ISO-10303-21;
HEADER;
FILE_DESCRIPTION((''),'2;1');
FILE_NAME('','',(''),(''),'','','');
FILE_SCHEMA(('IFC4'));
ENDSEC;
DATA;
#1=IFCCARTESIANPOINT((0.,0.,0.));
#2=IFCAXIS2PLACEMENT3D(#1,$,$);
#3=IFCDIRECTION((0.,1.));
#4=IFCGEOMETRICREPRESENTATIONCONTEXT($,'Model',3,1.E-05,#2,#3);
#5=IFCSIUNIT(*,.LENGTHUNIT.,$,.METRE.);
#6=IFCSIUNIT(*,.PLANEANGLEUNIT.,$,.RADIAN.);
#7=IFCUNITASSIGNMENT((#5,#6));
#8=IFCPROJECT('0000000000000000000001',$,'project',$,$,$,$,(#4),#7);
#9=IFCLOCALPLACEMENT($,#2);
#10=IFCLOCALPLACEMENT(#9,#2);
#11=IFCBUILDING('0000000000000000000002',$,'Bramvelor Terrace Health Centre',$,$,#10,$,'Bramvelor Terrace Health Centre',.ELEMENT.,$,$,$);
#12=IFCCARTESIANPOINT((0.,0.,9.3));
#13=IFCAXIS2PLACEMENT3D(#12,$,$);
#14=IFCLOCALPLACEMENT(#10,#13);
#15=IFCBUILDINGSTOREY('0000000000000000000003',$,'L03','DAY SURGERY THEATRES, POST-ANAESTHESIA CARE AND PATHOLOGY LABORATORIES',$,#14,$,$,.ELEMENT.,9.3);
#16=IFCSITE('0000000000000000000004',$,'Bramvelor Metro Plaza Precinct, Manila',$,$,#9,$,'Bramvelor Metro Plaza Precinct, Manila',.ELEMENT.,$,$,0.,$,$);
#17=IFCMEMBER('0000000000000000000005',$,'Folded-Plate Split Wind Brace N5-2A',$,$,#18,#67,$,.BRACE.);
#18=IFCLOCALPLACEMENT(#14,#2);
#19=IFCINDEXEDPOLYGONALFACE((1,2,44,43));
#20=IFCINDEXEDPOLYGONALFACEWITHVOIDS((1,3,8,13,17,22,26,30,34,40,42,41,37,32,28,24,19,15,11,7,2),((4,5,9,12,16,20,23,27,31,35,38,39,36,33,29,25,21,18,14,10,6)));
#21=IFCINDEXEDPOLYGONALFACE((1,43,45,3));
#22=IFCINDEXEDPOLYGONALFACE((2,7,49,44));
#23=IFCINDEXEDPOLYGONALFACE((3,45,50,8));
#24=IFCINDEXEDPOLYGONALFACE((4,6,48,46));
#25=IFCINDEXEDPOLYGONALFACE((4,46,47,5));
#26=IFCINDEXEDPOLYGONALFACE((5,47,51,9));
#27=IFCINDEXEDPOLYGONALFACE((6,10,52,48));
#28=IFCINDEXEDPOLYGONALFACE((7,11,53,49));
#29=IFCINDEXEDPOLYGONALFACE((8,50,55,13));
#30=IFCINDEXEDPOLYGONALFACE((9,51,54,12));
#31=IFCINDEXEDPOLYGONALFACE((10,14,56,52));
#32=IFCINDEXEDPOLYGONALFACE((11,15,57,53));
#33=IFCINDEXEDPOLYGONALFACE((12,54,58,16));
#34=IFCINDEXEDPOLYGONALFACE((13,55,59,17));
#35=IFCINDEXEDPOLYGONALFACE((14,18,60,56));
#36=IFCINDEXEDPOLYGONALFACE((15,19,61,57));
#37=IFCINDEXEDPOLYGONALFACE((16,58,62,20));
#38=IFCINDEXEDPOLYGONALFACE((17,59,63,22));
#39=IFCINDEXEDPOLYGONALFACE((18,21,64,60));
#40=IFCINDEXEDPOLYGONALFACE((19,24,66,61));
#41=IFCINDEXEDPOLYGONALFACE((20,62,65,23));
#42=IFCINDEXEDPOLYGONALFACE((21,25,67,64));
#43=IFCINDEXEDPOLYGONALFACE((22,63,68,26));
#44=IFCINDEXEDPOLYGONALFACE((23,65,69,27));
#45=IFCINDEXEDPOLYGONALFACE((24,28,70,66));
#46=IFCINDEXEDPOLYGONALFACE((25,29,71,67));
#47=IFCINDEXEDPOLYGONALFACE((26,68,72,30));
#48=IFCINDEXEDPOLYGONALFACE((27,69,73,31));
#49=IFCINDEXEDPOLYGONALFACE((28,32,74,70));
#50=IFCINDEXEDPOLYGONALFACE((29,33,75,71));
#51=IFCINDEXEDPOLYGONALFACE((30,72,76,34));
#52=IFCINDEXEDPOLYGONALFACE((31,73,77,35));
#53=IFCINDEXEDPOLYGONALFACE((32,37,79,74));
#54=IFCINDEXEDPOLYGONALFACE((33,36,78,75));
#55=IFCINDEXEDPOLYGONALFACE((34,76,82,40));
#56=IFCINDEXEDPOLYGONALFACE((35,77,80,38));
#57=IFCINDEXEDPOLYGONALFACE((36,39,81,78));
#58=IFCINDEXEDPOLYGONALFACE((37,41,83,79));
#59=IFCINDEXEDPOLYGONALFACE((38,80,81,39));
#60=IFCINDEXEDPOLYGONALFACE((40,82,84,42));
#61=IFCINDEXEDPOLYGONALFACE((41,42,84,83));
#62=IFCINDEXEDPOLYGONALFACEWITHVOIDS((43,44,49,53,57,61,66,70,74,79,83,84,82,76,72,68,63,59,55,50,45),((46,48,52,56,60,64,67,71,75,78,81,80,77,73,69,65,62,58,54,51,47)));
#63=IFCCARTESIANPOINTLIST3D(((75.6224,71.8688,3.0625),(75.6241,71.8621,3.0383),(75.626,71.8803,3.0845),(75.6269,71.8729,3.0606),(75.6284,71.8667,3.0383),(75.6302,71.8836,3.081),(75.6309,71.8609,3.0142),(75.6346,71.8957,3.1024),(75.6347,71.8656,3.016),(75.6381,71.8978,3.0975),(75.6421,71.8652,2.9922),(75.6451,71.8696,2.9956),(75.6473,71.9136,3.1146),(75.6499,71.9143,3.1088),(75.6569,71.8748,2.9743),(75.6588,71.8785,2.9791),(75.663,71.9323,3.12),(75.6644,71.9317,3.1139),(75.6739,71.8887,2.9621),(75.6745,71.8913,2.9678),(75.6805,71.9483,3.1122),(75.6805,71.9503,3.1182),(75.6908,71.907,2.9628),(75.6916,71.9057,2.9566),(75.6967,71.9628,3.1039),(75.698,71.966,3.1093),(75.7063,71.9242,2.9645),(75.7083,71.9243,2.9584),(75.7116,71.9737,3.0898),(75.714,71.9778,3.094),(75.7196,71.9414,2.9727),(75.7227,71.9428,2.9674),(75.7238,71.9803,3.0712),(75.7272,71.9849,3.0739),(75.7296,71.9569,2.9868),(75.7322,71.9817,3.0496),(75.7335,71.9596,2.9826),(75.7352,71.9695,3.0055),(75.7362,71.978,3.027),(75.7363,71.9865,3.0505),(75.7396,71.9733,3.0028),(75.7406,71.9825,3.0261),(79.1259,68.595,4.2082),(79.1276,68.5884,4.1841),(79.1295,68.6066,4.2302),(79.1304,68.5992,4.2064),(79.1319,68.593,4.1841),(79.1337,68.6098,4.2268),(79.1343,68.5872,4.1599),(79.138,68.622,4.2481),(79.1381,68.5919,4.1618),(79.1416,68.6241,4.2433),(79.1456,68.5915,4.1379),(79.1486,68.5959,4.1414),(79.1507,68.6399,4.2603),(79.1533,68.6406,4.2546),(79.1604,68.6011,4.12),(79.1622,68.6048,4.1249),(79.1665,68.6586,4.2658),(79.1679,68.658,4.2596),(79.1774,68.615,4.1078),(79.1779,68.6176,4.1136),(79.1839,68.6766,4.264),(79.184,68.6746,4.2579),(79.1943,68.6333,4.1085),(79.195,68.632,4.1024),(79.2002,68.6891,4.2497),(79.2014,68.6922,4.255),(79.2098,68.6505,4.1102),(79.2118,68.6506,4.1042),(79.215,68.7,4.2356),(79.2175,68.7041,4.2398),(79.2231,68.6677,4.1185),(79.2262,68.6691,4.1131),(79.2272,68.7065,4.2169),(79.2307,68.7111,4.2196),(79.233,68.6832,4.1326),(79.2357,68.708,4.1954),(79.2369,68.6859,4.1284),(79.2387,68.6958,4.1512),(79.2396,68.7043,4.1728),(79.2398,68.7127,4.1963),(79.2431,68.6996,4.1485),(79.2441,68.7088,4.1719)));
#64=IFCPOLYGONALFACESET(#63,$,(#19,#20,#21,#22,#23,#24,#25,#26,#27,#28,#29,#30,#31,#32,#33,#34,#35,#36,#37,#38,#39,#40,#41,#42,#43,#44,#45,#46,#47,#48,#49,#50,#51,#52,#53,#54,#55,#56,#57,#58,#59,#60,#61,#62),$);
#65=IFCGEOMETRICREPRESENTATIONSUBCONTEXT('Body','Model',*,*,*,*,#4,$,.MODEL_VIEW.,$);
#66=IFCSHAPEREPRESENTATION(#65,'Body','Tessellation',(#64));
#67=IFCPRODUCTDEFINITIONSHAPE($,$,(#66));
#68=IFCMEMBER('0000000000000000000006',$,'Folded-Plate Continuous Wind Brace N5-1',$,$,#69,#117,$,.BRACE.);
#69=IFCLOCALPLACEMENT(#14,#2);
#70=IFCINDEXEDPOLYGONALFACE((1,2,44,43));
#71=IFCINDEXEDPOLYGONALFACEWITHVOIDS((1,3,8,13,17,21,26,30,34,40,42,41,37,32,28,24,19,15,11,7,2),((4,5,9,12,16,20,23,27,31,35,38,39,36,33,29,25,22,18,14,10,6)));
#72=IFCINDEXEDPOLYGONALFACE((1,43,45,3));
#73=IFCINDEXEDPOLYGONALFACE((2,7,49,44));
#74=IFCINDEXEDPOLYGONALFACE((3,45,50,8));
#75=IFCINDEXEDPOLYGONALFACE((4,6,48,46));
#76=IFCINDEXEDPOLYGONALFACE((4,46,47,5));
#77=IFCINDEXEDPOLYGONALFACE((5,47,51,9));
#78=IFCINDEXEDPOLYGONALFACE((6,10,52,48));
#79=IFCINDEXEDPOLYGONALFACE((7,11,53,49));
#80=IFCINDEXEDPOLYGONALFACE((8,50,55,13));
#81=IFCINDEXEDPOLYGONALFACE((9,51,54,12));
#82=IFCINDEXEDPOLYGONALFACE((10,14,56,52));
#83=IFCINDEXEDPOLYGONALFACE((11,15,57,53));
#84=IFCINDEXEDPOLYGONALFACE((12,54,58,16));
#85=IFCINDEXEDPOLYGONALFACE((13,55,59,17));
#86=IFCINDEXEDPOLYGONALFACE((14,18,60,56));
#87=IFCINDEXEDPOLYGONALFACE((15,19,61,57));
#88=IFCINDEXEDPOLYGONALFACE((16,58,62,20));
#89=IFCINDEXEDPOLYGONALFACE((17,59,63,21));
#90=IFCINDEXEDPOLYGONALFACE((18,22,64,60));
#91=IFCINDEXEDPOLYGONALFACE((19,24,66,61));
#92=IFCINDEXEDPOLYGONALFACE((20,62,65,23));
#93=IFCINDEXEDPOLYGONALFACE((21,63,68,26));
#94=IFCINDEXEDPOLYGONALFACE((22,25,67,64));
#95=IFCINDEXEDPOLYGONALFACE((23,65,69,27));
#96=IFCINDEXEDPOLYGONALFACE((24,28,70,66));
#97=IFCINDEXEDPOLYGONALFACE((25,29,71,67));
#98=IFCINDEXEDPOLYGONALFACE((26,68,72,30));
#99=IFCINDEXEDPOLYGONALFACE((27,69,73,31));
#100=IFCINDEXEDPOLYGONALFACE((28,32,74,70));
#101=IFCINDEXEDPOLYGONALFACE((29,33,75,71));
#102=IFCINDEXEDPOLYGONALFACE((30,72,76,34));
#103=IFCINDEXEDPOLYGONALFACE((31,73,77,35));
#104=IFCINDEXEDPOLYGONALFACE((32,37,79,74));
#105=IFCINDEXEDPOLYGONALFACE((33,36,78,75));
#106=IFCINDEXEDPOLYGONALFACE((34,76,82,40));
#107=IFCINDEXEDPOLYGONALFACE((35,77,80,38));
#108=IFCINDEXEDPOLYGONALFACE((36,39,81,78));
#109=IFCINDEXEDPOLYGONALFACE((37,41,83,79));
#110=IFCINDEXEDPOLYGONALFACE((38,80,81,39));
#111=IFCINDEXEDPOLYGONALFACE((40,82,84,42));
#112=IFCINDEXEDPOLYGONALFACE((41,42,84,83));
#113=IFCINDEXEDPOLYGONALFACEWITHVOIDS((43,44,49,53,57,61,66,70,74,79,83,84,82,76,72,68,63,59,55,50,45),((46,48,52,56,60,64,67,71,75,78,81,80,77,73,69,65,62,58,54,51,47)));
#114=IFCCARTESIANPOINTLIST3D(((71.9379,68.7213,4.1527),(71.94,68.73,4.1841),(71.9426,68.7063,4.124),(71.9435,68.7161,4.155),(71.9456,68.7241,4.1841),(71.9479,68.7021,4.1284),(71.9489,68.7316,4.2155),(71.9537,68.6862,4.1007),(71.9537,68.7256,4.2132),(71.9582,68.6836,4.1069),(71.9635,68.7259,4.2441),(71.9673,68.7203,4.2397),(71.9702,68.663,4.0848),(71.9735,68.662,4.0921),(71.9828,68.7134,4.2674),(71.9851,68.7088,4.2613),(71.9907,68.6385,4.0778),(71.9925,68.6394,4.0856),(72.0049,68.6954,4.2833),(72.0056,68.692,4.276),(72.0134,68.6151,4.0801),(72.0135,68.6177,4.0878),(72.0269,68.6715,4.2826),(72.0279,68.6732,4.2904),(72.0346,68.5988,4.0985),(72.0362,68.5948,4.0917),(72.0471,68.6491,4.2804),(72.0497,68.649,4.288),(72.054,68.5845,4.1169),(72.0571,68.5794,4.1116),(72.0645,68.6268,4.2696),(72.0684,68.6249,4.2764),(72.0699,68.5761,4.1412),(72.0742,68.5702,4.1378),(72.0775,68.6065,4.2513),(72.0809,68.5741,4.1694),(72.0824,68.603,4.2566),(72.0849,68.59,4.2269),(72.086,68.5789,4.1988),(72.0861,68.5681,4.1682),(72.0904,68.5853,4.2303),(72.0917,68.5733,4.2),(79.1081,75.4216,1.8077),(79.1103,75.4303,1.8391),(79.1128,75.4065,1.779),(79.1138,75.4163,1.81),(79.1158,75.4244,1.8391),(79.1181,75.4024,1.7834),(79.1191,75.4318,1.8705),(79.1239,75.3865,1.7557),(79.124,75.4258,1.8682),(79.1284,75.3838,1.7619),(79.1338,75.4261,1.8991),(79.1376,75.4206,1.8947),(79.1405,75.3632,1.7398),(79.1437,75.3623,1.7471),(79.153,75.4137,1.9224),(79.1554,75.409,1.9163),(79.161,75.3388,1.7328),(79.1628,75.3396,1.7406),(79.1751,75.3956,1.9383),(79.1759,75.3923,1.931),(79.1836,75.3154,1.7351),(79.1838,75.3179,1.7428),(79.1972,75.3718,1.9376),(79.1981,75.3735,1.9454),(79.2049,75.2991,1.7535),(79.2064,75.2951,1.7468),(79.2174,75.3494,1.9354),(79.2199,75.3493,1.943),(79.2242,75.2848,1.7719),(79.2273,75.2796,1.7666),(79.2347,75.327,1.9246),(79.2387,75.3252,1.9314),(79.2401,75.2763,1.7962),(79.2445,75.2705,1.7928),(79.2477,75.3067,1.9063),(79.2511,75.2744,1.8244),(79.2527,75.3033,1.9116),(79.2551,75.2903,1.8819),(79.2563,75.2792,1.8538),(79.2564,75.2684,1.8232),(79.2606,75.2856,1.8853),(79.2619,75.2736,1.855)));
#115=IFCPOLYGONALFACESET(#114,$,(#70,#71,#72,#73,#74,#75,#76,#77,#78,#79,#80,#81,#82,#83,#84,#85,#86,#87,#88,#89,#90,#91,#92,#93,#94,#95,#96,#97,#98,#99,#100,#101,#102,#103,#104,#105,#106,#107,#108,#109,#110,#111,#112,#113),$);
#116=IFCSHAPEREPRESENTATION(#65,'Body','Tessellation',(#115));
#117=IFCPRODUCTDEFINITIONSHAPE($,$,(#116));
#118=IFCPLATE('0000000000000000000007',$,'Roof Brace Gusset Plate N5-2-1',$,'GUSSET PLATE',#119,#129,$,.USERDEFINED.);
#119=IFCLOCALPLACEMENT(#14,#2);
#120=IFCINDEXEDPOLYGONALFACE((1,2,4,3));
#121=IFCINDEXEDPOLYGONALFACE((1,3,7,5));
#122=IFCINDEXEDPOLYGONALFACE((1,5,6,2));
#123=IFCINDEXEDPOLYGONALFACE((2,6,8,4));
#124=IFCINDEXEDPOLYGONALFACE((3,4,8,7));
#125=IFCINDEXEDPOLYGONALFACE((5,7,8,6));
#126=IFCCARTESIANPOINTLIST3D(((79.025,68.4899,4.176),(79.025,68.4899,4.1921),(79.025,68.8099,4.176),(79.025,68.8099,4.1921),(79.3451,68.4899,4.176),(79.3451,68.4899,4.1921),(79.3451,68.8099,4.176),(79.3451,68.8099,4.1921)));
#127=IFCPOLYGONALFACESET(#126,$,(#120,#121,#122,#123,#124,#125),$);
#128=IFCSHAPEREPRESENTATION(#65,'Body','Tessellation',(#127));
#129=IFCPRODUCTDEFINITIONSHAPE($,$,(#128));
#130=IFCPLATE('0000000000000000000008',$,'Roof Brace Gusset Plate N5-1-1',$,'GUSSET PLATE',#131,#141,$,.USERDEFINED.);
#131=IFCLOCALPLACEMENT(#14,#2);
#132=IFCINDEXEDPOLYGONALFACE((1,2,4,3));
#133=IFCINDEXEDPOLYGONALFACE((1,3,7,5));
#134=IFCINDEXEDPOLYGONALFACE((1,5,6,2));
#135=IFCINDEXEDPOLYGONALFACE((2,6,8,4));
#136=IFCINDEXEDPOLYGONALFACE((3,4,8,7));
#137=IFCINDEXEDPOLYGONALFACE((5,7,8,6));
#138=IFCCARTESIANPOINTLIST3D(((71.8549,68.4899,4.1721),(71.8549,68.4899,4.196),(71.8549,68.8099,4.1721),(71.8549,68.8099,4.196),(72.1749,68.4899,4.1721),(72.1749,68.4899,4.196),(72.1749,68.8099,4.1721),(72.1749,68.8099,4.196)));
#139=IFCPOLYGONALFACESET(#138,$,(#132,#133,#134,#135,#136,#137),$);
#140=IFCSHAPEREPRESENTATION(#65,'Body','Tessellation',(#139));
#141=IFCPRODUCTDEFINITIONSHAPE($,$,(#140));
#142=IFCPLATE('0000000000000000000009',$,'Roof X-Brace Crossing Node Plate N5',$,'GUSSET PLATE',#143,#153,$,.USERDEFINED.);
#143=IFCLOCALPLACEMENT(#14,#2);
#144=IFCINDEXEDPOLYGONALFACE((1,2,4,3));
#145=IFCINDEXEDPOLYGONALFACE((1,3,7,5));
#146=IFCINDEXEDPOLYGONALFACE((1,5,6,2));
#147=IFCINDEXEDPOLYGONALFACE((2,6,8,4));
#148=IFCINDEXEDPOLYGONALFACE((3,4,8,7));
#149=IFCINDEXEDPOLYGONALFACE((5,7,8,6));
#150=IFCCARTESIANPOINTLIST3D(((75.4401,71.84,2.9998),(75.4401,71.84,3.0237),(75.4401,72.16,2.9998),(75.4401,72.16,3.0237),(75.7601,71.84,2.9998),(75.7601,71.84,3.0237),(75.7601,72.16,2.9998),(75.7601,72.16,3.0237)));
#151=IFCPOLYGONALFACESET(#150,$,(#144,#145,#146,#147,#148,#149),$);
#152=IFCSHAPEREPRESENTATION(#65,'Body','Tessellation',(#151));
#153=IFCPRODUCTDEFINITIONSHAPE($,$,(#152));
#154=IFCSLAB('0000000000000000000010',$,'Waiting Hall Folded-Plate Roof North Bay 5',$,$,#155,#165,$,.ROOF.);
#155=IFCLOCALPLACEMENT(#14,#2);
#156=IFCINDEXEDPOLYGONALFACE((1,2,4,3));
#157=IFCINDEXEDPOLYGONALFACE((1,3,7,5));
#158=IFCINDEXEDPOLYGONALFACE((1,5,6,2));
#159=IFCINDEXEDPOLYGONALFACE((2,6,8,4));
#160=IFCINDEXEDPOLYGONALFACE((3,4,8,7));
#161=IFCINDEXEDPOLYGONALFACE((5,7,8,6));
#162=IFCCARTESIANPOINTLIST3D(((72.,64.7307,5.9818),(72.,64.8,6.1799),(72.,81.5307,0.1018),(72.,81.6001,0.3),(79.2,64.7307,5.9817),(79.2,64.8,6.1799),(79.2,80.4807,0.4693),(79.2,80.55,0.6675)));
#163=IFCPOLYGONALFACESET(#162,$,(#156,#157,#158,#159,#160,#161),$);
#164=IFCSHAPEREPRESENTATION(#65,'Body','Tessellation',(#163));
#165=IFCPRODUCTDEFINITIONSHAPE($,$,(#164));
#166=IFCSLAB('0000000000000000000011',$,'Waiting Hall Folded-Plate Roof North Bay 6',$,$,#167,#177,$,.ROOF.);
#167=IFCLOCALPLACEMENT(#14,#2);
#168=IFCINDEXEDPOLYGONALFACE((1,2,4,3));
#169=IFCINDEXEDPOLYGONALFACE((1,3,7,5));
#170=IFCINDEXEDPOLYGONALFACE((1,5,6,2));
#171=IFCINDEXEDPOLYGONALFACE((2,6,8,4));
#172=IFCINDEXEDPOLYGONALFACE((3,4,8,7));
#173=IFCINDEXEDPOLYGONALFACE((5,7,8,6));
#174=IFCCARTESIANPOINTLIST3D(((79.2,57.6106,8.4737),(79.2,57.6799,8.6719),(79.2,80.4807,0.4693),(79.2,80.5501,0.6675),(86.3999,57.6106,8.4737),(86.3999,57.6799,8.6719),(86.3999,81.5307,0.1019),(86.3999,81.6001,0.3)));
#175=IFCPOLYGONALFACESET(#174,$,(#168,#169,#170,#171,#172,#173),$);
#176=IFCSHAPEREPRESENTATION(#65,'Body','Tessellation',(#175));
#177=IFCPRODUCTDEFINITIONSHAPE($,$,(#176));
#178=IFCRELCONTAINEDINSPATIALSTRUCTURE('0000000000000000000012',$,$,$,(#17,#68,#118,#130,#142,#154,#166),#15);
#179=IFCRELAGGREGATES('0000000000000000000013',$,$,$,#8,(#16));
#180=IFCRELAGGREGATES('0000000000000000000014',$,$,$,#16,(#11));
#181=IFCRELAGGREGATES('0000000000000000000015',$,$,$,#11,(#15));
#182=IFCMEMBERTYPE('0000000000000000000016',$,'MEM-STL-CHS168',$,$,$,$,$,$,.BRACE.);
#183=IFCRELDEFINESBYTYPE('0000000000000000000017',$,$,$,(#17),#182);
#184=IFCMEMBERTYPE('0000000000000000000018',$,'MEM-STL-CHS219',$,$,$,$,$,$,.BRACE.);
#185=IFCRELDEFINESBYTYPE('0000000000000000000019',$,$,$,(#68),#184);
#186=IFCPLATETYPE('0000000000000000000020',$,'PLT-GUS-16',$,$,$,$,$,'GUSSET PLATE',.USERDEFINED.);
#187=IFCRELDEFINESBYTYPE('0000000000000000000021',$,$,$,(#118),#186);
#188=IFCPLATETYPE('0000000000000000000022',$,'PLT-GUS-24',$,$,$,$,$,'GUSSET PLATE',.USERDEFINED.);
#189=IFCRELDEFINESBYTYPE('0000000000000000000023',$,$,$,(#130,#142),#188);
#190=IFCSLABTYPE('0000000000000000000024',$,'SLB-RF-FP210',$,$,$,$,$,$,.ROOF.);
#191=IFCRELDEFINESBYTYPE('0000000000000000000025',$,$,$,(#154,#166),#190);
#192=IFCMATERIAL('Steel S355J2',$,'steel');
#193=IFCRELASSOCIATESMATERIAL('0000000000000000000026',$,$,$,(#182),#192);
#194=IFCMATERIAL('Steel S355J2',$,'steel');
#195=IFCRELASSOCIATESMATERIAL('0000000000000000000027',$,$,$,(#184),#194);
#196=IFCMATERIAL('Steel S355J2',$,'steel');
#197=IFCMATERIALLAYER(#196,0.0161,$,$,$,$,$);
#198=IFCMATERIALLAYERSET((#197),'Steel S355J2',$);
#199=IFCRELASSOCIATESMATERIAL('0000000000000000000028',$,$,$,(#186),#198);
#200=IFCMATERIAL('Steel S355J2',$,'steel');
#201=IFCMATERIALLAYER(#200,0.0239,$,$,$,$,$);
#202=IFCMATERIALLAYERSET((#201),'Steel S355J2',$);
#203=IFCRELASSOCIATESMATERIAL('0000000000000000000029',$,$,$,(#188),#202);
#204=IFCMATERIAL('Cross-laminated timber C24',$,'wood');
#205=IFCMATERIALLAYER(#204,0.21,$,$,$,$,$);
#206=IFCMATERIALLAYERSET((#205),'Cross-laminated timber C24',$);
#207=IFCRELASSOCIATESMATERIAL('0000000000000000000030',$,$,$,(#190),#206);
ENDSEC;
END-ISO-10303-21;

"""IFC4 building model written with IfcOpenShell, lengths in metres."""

from ifc_helpers import new_model, si_unit, direction, frame, origin, origin_2d, place, context, subcontext, project, spatial, polyline, rectangle, hollow_circle, outline, extrude, material, layer, layer_set, material_profile, profile_set, type_object, element, save


model = new_model("IFC4")

# Units and contexts
model_context = context("Model", 3, precision=1e-05, world=origin(), true_north=direction((0.0, 1.0)))
body_context = subcontext(model_context, "Body", "Model", "MODEL_VIEW")
ifc_project = project(units=[si_unit("LENGTHUNIT", "METRE"), si_unit("PLANEANGLEUNIT", "RADIAN")], contexts=[model_context])

# Site, building, storey
site_placement = place(None, origin())
site = spatial("IfcSite", under=ifc_project, at=site_placement, Name="Bramvelor Metro Plaza Precinct, Manila", LongName="Bramvelor Metro Plaza Precinct, Manila", CompositionType="ELEMENT", RefElevation=0.0)
building_placement = place(site_placement, origin())
building = spatial("IfcBuilding", under=site, at=building_placement, Name="Bramvelor Terrace Health Centre", LongName="Bramvelor Terrace Health Centre", CompositionType="ELEMENT")
storey_placement = place(building_placement, frame((0.0, 0.0, 9.3)))
storey = spatial("IfcBuildingStorey", under=building, at=storey_placement, Name="L03", Description="DAY SURGERY THEATRES, POST-ANAESTHESIA CARE AND PATHOLOGY LABORATORIES", CompositionType="ELEMENT", Elevation=9.3)

# Members
ifc_material_1 = material(Name="Steel S355J2", Category="steel")
ifc_material_profile_1 = material_profile(ifc_material_1, hollow_circle(Radius=0.0842, WallThickness=0.0063, at=origin_2d()), Name="CHS 168.3x6.3")
ifc_profile_set_1 = profile_set([ifc_material_profile_1], Name="Steel S355J2")
member_type_1 = type_object("IfcMemberType", Name="MEM-STL-CHS168", PredefinedType="BRACE", material=ifc_profile_set_1)
member_1_placement = place(storey_placement, frame((79.1851, 68.6499, 4.1841), z_axis=(-0.71065, 0.66405, -0.23241), x_axis=(-0.682744, -0.730657, 0.0)))
element("IfcMember", 1, at=member_1_placement, inside=storey, type_object=member_type_1, Name="Folded-Plate Split Wind Brace N5-2A", PredefinedType="BRACE", context=body_context, shape_type="SweptSolid", body=[
    extrude(hollow_circle(Radius=0.0842, WallThickness=0.0063, at=origin_2d()), origin(), (0.0, 0.0, 1.0), 4.9299),
])
ifc_material_2 = material(Name="Steel S355J2", Category="steel")
ifc_material_profile_2 = material_profile(ifc_material_2, hollow_circle(Radius=0.1096, WallThickness=0.0081, at=origin_2d()), Name="CHS 219.1x8.0")
ifc_profile_set_2 = profile_set([ifc_material_profile_2], Name="Steel S355J2")
member_type_2 = type_object("IfcMemberType", Name="MEM-STL-CHS219", PredefinedType="BRACE", material=ifc_profile_set_2)
member_2_placement = place(storey_placement, frame((72.0149, 68.6499, 4.1841), z_axis=(0.71064, 0.66406, -0.232411), x_axis=(-0.682756, 0.730646, 0.0)))
element("IfcMember", 2, at=member_2_placement, inside=storey, type_object=member_type_2, Name="Folded-Plate Continuous Wind Brace N5-1", PredefinedType="BRACE", context=body_context, shape_type="SweptSolid", body=[
    extrude(hollow_circle(Radius=0.1096, WallThickness=0.0081, at=origin_2d()), origin(), (0.0, 0.0, 1.0), 10.0898),
])

# Plates
ifc_material_3 = material(Name="Steel S355J2", Category="steel")
ifc_layer_1 = layer(ifc_material_3, 0.0161)
ifc_layer_set_1 = layer_set([ifc_layer_1], Name="Steel S355J2")
plate_type_1 = type_object("IfcPlateType", Name="PLT-GUS-16", ElementType="GUSSET PLATE", PredefinedType="USERDEFINED", material=ifc_layer_set_1)
plate_placement = place(storey_placement, frame((79.1851, 68.6499, 4.176), z_axis=(0.0, 0.0, 1.0), x_axis=(1.0, 0.0, 0.0)))
element("IfcPlate", 3, at=plate_placement, inside=storey, type_object=plate_type_1, Name="Roof Brace Gusset Plate N5-2-1", ObjectType="GUSSET PLATE", PredefinedType="USERDEFINED", context=body_context, shape_type="SweptSolid", body=[
    extrude(rectangle(XDim=0.3201, YDim=0.3201, at=origin_2d()), origin(), (0.0, 0.0, 1.0), 0.0161),
])
ifc_material_4 = material(Name="Steel S355J2", Category="steel")
ifc_layer_2 = layer(ifc_material_4, 0.0239)
ifc_layer_set_2 = layer_set([ifc_layer_2], Name="Steel S355J2")
plate_type_2 = type_object("IfcPlateType", Name="PLT-GUS-24", ElementType="GUSSET PLATE", PredefinedType="USERDEFINED", material=ifc_layer_set_2)
for number, where, z_axis, x_axis, name in (
    (4, (72.0149, 68.6499, 4.1721), (0.0, 0.0, 1.0), (1.0, 0.0, 0.0), "Roof Brace Gusset Plate N5-1-1"),
    (5, (75.6001, 72.0, 2.9998), (0.0, 0.0, 1.0), (1.0, 0.0, 0.0), "Roof X-Brace Crossing Node Plate N5"),
):
    element("IfcPlate", number, at=place(storey_placement, frame(where, z_axis=z_axis, x_axis=x_axis)), inside=storey, type_object=plate_type_2, Name=name, ObjectType="GUSSET PLATE", PredefinedType="USERDEFINED", context=body_context, shape_type="SweptSolid", body=[
        extrude(rectangle(XDim=0.3201, YDim=0.3201, at=origin_2d()), origin(), (0.0, 0.0, 1.0), 0.0239),
    ])

# Slabs
ifc_material_5 = material(Name="Cross-laminated timber C24", Category="wood")
ifc_layer_3 = layer(ifc_material_5, 0.21)
ifc_layer_set_3 = layer_set([ifc_layer_3], Name="Cross-laminated timber C24")
slab_type = type_object("IfcSlabType", Name="SLB-RF-FP210", PredefinedType="ROOF", material=ifc_layer_set_3)
slab_1_placement = place(storey_placement, frame((72.0, 64.8, 6.1799), z_axis=(0.000005, 0.330346, 0.94386), x_axis=(1.0, -0.000002, -0.000005)))
element("IfcSlab", 6, at=slab_1_placement, inside=storey, type_object=slab_type, Name="Waiting Hall Folded-Plate Roof North Bay 5", PredefinedType="ROOF", context=body_context, shape_type="SweptSolid", body=[
    extrude(outline(polyline([(0.0, 0.0), (7.2, 0.0), (7.2, 16.6868), (0.0, 17.7993), (0.0, 0.0)])), origin(), (0.0, 0.0, -1.0), 0.21),
])
slab_2_placement = place(storey_placement, frame((79.2, 57.6799, 8.6719), z_axis=(-0.000005, 0.330344, 0.943861), x_axis=(1.0, 0.000002, 0.000005)))
element("IfcSlab", 7, at=slab_2_placement, inside=storey, type_object=slab_type, Name="Waiting Hall Folded-Plate Roof North Bay 6", PredefinedType="ROOF", context=body_context, shape_type="SweptSolid", body=[
    extrude(outline(polyline([(0.0, 0.0), (7.2, 0.0), (7.2, 25.3429), (0.0, 24.2304), (0.0, 0.0)])), origin(), (0.0, 0.0, -1.0), 0.21),
])

save(model, "model.ifc")
